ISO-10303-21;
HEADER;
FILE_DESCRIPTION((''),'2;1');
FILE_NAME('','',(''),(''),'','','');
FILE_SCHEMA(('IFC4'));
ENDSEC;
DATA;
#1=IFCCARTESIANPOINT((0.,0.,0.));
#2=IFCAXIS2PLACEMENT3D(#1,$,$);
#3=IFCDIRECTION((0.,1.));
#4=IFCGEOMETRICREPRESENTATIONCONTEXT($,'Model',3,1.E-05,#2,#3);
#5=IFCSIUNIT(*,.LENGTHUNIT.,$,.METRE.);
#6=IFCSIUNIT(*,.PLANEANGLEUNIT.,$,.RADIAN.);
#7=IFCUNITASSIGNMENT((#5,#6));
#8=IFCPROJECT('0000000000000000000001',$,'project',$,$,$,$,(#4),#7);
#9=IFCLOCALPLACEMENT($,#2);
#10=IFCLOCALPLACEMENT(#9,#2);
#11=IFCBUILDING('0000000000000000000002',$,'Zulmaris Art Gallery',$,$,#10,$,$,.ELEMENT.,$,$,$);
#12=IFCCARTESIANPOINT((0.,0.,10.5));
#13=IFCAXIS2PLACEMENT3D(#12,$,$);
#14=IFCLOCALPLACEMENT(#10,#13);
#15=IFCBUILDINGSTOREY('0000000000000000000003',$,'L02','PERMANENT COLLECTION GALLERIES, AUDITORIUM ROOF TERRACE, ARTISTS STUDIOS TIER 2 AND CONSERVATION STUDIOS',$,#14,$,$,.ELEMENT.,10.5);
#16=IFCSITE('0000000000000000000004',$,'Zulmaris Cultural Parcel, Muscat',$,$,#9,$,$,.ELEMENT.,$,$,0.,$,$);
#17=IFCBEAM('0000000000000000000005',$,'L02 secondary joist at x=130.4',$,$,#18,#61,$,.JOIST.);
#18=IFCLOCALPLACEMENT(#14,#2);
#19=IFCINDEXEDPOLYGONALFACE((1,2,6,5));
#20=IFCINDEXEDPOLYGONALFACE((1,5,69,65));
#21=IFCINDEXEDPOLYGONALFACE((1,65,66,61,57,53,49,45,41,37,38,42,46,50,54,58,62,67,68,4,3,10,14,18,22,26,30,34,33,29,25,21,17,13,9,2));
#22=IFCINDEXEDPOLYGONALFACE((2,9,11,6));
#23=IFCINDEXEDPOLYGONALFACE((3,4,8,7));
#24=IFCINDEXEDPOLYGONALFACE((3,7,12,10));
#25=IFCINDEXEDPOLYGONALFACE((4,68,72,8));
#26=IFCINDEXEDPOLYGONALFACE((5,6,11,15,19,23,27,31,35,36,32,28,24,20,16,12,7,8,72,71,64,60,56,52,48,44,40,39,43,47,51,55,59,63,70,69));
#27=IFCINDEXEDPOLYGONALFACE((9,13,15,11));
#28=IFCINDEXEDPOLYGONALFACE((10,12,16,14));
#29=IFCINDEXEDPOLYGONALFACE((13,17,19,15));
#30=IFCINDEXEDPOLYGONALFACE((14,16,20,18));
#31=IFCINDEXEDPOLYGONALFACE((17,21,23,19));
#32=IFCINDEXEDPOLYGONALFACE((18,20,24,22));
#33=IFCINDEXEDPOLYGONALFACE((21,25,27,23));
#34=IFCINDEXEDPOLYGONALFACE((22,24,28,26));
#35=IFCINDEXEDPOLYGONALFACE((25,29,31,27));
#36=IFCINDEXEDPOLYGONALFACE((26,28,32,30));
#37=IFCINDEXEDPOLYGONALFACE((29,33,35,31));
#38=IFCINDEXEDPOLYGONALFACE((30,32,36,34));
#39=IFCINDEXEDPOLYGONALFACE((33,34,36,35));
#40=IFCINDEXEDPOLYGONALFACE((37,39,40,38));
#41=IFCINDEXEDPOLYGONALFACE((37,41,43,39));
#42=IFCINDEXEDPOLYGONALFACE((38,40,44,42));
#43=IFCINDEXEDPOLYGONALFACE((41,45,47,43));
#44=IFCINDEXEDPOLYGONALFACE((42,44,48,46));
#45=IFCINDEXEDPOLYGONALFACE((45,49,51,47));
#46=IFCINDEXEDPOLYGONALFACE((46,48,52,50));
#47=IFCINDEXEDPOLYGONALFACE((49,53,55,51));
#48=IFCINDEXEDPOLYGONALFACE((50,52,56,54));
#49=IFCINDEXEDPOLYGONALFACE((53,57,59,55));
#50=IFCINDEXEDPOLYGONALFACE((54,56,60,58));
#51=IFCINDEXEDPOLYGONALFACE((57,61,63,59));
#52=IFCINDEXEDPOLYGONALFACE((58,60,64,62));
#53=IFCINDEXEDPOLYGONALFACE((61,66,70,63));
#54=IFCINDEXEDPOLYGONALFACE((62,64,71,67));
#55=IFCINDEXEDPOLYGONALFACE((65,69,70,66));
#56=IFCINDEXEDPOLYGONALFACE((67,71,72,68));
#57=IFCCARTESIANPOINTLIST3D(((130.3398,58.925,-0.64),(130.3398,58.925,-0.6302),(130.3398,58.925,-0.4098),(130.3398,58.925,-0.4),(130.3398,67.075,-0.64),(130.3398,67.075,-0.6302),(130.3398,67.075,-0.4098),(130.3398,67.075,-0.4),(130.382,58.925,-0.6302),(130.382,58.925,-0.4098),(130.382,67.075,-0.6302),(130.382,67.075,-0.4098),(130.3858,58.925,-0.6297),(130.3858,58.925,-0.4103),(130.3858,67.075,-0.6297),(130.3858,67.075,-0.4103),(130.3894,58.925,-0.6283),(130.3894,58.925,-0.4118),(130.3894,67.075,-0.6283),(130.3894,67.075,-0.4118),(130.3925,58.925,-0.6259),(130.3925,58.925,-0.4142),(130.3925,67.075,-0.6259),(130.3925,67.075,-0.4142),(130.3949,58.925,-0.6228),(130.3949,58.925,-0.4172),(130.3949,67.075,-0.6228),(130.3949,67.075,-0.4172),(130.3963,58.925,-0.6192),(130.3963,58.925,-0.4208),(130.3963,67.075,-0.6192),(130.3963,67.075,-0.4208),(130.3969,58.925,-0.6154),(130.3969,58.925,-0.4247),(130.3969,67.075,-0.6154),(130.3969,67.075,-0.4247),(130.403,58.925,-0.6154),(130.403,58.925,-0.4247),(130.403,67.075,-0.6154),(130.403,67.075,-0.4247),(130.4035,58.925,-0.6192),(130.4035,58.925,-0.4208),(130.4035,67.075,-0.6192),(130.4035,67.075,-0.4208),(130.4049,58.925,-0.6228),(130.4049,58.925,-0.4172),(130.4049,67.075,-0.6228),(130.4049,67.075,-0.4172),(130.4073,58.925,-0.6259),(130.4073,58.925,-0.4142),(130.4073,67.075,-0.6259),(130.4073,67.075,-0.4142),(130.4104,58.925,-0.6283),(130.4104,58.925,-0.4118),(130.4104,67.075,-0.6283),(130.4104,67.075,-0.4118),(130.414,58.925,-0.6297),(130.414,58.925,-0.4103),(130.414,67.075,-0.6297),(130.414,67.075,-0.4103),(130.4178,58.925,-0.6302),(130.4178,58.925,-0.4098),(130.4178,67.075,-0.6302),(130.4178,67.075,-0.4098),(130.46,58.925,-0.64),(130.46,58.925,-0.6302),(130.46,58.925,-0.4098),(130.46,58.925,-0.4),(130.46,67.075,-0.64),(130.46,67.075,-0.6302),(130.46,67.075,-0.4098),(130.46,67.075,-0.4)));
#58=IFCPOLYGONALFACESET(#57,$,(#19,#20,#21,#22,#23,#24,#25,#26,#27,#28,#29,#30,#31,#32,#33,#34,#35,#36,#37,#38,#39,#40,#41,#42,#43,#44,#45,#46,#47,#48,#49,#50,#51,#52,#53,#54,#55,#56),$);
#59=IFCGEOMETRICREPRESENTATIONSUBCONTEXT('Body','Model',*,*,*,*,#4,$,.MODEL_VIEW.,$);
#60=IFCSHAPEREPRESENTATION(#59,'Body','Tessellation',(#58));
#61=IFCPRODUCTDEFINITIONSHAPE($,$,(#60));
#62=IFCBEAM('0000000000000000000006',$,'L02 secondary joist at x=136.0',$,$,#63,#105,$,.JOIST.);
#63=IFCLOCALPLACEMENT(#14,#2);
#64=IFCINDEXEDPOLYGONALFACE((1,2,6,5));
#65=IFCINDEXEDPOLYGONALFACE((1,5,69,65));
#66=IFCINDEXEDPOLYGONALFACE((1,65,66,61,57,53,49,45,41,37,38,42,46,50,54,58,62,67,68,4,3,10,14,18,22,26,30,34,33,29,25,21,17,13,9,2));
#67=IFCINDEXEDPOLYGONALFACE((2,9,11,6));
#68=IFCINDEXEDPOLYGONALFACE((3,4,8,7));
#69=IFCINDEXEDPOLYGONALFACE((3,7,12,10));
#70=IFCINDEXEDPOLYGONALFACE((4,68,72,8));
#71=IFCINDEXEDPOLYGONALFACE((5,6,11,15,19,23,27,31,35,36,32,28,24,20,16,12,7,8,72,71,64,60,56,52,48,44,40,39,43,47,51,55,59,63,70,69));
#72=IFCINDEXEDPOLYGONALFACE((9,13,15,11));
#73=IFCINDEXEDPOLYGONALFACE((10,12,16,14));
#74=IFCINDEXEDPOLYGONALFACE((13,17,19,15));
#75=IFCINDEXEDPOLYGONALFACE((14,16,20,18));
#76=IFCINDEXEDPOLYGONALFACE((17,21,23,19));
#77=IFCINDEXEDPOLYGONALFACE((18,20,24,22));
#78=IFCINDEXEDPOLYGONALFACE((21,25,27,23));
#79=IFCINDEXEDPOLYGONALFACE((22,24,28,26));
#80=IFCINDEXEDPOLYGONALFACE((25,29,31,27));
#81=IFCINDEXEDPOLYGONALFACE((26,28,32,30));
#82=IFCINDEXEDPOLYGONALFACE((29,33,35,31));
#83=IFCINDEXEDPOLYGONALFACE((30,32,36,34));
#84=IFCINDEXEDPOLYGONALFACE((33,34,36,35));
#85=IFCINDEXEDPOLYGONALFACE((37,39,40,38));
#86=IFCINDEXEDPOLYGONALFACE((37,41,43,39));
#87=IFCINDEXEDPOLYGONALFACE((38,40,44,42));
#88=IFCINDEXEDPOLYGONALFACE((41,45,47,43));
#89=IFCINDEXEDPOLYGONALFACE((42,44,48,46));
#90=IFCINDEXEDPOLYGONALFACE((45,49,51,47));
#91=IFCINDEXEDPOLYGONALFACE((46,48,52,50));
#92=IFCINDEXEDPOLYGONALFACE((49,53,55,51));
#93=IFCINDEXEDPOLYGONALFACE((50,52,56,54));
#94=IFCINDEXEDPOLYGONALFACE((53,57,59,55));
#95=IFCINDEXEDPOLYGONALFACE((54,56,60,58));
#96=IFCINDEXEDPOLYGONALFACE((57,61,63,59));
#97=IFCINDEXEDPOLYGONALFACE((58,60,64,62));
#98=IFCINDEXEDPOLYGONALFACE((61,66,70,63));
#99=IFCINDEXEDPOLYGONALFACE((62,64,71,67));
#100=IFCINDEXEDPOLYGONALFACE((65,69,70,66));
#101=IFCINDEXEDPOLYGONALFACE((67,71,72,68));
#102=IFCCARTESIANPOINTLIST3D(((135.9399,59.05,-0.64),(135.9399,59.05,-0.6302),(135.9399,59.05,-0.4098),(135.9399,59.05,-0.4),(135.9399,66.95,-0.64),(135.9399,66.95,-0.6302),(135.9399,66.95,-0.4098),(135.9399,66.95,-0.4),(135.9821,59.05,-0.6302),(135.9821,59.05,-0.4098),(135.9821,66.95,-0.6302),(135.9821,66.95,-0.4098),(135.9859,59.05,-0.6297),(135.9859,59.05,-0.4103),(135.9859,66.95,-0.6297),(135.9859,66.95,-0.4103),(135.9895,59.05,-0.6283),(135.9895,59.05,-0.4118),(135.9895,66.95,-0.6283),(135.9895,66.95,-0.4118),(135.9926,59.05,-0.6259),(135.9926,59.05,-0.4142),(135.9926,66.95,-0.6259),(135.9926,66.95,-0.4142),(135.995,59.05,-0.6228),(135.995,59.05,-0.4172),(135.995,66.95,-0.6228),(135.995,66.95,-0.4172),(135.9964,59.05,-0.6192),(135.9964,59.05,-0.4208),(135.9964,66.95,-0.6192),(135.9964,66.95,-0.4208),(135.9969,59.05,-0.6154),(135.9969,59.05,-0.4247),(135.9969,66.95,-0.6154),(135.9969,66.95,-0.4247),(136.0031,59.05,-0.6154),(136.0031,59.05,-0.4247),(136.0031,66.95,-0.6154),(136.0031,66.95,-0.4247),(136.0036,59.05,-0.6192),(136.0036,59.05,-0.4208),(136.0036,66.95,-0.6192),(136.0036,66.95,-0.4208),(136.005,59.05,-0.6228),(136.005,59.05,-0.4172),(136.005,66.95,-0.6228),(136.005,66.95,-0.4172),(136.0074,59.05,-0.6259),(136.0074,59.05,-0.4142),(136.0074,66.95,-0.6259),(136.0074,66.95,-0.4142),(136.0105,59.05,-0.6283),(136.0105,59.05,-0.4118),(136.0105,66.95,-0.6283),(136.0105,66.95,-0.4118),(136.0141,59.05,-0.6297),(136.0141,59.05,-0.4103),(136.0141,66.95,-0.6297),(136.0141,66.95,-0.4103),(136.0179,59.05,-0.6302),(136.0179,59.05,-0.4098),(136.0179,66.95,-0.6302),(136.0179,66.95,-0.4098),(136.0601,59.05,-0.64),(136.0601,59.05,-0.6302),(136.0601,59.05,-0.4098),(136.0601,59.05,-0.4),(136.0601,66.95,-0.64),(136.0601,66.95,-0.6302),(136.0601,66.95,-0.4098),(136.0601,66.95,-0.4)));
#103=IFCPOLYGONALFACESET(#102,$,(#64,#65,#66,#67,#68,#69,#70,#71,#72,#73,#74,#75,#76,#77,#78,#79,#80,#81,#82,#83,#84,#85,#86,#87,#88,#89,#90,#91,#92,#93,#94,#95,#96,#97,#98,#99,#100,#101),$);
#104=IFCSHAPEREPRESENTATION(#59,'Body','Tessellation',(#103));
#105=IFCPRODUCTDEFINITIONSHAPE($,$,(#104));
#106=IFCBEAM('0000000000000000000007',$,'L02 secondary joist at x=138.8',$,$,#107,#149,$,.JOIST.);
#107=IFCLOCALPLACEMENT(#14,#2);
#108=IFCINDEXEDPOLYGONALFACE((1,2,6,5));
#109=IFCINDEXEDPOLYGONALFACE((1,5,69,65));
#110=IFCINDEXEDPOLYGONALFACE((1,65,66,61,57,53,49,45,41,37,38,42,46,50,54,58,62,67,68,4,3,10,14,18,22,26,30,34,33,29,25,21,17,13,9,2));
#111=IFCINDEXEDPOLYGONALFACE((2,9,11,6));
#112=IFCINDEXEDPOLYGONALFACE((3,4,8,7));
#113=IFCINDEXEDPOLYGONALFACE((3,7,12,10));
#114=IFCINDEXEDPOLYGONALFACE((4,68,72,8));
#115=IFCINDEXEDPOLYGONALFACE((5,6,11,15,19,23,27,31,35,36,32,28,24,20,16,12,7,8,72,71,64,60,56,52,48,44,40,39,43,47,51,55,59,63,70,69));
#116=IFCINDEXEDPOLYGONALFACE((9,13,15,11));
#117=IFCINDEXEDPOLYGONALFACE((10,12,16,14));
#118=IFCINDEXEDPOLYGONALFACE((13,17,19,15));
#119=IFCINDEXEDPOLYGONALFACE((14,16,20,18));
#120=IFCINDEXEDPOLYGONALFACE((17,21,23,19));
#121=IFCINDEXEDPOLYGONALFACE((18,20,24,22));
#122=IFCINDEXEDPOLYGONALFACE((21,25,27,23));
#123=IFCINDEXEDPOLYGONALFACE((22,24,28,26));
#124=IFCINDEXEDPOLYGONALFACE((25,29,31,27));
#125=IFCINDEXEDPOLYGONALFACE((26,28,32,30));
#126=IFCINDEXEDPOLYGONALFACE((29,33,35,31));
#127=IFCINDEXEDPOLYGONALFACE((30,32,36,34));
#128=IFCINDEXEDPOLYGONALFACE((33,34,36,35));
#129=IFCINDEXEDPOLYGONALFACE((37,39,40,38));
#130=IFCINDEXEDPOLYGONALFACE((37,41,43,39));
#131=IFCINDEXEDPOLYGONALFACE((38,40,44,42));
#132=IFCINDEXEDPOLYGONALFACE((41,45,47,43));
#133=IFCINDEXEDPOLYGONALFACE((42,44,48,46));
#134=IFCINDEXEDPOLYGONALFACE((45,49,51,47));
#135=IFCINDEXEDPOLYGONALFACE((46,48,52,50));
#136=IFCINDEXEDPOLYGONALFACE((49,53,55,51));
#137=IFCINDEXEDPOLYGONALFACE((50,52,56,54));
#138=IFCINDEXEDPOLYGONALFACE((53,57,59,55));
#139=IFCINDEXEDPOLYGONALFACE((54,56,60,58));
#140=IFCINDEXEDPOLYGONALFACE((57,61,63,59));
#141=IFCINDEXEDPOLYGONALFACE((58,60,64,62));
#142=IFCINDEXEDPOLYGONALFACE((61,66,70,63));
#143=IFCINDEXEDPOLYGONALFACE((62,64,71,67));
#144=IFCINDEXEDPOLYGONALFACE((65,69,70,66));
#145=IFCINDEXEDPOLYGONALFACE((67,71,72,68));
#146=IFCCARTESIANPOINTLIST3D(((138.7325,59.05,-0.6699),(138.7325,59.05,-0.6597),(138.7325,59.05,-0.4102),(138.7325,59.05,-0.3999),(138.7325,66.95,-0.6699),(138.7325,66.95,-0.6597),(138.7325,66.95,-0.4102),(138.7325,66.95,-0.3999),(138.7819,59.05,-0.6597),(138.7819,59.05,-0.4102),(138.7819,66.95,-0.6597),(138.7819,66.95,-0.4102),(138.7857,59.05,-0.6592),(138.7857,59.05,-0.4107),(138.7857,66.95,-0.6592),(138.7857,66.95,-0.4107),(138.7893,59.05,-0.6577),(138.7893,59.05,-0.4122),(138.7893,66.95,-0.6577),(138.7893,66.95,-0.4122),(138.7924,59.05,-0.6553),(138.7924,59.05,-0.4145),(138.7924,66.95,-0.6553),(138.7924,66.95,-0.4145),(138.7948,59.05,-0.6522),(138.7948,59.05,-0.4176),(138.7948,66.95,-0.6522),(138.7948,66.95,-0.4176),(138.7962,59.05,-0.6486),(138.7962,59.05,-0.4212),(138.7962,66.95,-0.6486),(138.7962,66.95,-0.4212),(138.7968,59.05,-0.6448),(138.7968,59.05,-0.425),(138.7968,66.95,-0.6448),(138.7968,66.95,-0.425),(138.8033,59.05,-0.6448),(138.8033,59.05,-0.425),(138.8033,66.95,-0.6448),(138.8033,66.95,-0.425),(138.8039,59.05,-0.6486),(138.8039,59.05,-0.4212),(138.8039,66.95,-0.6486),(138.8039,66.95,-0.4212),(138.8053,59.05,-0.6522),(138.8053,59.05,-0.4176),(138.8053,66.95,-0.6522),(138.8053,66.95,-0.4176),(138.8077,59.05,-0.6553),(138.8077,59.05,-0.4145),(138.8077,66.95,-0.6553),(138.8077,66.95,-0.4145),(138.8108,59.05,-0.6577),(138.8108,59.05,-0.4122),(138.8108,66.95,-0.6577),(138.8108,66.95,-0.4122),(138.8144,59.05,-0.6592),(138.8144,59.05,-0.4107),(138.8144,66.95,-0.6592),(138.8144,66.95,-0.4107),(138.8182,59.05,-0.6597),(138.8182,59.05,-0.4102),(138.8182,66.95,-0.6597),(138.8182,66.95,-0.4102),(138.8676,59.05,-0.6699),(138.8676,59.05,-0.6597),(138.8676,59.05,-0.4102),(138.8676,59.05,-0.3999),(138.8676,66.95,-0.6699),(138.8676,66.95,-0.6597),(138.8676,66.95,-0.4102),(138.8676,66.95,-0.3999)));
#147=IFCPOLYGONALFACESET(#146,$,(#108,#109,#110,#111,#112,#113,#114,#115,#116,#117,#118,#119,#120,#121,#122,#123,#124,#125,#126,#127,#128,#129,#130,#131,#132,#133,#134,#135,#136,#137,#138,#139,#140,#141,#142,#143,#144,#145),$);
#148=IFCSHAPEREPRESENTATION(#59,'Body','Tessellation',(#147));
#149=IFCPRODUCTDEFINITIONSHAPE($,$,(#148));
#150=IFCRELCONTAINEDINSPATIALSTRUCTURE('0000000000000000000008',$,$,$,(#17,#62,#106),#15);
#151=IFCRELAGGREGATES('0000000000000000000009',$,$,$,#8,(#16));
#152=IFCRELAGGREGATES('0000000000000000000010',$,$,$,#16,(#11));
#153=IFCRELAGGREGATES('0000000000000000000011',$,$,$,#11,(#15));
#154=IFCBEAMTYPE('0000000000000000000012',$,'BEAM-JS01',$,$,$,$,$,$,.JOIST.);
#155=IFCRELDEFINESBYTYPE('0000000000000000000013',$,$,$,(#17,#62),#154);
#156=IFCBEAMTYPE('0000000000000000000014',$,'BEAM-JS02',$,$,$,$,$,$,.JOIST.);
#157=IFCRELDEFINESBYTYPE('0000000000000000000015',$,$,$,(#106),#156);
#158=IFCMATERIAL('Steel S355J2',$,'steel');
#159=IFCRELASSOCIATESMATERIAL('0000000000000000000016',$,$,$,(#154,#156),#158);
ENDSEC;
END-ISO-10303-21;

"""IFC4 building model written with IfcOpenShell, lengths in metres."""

from ifc_helpers import new_model, si_unit, direction, frame, origin, origin_2d, place, context, subcontext, project, spatial, i_section, extrude, material, material_profile, profile_set, type_object, element, save


model = new_model("IFC4")

# Units and contexts
model_context = context("Model", 3, precision=1e-05, world=origin(), true_north=direction((0.0, 1.0)))
body_context = subcontext(model_context, "Body", "Model", "MODEL_VIEW")
ifc_project = project(units=[si_unit("LENGTHUNIT", "METRE"), si_unit("PLANEANGLEUNIT", "RADIAN")], contexts=[model_context])

# Site, building, storey
site_placement = place(None, origin())
site = spatial("IfcSite", under=ifc_project, at=site_placement, Name="Zulmaris Cultural Parcel, Muscat", CompositionType="ELEMENT", RefElevation=0.0)
building_placement = place(site_placement, origin())
building = spatial("IfcBuilding", under=site, at=building_placement, Name="Zulmaris Art Gallery", CompositionType="ELEMENT")
storey_placement = place(building_placement, frame((0.0, 0.0, 10.5)))
storey = spatial("IfcBuildingStorey", under=building, at=storey_placement, Name="L02", Description="PERMANENT COLLECTION GALLERIES, AUDITORIUM ROOF TERRACE, ARTISTS STUDIOS TIER 2 AND CONSERVATION STUDIOS", CompositionType="ELEMENT", Elevation=10.5)

# Beams
ifc_material_1 = material(Name="Steel S355J2", Category="steel")
ifc_material_profile_1 = material_profile(ifc_material_1, i_section(OverallWidth=0.1201, OverallDepth=0.24, WebThickness=0.0061, FlangeThickness=0.0098, FilletRadius=0.0149, at=origin_2d()), Name="IPE 240")
ifc_profile_set_1 = profile_set([ifc_material_profile_1], Name="Steel S355J2")
beam_type_1 = type_object("IfcBeamType", Name="BEAM-JS01", PredefinedType="JOIST", material=ifc_profile_set_1)
beam_1_placement = place(storey_placement, frame((130.3999, 58.925, -0.52), z_axis=(0.0, 1.0, 0.0), x_axis=(-1.0, 0.0, 0.0)))
element("IfcBeam", 1, at=beam_1_placement, inside=storey, type_object=beam_type_1, Name="L02 secondary joist at x=130.4", PredefinedType="JOIST", context=body_context, shape_type="SweptSolid", body=[
    extrude(i_section(OverallWidth=0.1201, OverallDepth=0.24, WebThickness=0.0061, FlangeThickness=0.0098, FilletRadius=0.0149, at=origin_2d()), origin(), (0.0, 0.0, 1.0), 8.1499),
])
beam_2_placement = place(storey_placement, frame((136.0, 59.05, -0.52), z_axis=(0.0, 1.0, 0.0), x_axis=(-1.0, 0.0, 0.0)))
element("IfcBeam", 2, at=beam_2_placement, inside=storey, type_object=beam_type_1, Name="L02 secondary joist at x=136.0", PredefinedType="JOIST", context=body_context, shape_type="SweptSolid", body=[
    extrude(i_section(OverallWidth=0.1201, OverallDepth=0.24, WebThickness=0.0061, FlangeThickness=0.0098, FilletRadius=0.0149, at=origin_2d()), origin(), (0.0, 0.0, 1.0), 7.8999),
])
ifc_material_profile_2 = material_profile(ifc_material_1, i_section(OverallWidth=0.135, OverallDepth=0.27, WebThickness=0.0066, FlangeThickness=0.0103, FilletRadius=0.0149, at=origin_2d()), Name="IPE 270")
ifc_profile_set_2 = profile_set([ifc_material_profile_2], Name="Steel S355J2")
beam_type_2 = type_object("IfcBeamType", Name="BEAM-JS02", PredefinedType="JOIST", material=ifc_profile_set_2)
beam_3_placement = place(storey_placement, frame((138.8, 59.05, -0.5349), z_axis=(0.0, 1.0, 0.0), x_axis=(-1.0, 0.0, 0.0)))
element("IfcBeam", 3, at=beam_3_placement, inside=storey, type_object=beam_type_2, Name="L02 secondary joist at x=138.8", PredefinedType="JOIST", context=body_context, shape_type="SweptSolid", body=[
    extrude(i_section(OverallWidth=0.135, OverallDepth=0.27, WebThickness=0.0066, FlangeThickness=0.0103, FilletRadius=0.0149, at=origin_2d()), origin(), (0.0, 0.0, 1.0), 7.8999),
])

save(model, "model.ifc")
